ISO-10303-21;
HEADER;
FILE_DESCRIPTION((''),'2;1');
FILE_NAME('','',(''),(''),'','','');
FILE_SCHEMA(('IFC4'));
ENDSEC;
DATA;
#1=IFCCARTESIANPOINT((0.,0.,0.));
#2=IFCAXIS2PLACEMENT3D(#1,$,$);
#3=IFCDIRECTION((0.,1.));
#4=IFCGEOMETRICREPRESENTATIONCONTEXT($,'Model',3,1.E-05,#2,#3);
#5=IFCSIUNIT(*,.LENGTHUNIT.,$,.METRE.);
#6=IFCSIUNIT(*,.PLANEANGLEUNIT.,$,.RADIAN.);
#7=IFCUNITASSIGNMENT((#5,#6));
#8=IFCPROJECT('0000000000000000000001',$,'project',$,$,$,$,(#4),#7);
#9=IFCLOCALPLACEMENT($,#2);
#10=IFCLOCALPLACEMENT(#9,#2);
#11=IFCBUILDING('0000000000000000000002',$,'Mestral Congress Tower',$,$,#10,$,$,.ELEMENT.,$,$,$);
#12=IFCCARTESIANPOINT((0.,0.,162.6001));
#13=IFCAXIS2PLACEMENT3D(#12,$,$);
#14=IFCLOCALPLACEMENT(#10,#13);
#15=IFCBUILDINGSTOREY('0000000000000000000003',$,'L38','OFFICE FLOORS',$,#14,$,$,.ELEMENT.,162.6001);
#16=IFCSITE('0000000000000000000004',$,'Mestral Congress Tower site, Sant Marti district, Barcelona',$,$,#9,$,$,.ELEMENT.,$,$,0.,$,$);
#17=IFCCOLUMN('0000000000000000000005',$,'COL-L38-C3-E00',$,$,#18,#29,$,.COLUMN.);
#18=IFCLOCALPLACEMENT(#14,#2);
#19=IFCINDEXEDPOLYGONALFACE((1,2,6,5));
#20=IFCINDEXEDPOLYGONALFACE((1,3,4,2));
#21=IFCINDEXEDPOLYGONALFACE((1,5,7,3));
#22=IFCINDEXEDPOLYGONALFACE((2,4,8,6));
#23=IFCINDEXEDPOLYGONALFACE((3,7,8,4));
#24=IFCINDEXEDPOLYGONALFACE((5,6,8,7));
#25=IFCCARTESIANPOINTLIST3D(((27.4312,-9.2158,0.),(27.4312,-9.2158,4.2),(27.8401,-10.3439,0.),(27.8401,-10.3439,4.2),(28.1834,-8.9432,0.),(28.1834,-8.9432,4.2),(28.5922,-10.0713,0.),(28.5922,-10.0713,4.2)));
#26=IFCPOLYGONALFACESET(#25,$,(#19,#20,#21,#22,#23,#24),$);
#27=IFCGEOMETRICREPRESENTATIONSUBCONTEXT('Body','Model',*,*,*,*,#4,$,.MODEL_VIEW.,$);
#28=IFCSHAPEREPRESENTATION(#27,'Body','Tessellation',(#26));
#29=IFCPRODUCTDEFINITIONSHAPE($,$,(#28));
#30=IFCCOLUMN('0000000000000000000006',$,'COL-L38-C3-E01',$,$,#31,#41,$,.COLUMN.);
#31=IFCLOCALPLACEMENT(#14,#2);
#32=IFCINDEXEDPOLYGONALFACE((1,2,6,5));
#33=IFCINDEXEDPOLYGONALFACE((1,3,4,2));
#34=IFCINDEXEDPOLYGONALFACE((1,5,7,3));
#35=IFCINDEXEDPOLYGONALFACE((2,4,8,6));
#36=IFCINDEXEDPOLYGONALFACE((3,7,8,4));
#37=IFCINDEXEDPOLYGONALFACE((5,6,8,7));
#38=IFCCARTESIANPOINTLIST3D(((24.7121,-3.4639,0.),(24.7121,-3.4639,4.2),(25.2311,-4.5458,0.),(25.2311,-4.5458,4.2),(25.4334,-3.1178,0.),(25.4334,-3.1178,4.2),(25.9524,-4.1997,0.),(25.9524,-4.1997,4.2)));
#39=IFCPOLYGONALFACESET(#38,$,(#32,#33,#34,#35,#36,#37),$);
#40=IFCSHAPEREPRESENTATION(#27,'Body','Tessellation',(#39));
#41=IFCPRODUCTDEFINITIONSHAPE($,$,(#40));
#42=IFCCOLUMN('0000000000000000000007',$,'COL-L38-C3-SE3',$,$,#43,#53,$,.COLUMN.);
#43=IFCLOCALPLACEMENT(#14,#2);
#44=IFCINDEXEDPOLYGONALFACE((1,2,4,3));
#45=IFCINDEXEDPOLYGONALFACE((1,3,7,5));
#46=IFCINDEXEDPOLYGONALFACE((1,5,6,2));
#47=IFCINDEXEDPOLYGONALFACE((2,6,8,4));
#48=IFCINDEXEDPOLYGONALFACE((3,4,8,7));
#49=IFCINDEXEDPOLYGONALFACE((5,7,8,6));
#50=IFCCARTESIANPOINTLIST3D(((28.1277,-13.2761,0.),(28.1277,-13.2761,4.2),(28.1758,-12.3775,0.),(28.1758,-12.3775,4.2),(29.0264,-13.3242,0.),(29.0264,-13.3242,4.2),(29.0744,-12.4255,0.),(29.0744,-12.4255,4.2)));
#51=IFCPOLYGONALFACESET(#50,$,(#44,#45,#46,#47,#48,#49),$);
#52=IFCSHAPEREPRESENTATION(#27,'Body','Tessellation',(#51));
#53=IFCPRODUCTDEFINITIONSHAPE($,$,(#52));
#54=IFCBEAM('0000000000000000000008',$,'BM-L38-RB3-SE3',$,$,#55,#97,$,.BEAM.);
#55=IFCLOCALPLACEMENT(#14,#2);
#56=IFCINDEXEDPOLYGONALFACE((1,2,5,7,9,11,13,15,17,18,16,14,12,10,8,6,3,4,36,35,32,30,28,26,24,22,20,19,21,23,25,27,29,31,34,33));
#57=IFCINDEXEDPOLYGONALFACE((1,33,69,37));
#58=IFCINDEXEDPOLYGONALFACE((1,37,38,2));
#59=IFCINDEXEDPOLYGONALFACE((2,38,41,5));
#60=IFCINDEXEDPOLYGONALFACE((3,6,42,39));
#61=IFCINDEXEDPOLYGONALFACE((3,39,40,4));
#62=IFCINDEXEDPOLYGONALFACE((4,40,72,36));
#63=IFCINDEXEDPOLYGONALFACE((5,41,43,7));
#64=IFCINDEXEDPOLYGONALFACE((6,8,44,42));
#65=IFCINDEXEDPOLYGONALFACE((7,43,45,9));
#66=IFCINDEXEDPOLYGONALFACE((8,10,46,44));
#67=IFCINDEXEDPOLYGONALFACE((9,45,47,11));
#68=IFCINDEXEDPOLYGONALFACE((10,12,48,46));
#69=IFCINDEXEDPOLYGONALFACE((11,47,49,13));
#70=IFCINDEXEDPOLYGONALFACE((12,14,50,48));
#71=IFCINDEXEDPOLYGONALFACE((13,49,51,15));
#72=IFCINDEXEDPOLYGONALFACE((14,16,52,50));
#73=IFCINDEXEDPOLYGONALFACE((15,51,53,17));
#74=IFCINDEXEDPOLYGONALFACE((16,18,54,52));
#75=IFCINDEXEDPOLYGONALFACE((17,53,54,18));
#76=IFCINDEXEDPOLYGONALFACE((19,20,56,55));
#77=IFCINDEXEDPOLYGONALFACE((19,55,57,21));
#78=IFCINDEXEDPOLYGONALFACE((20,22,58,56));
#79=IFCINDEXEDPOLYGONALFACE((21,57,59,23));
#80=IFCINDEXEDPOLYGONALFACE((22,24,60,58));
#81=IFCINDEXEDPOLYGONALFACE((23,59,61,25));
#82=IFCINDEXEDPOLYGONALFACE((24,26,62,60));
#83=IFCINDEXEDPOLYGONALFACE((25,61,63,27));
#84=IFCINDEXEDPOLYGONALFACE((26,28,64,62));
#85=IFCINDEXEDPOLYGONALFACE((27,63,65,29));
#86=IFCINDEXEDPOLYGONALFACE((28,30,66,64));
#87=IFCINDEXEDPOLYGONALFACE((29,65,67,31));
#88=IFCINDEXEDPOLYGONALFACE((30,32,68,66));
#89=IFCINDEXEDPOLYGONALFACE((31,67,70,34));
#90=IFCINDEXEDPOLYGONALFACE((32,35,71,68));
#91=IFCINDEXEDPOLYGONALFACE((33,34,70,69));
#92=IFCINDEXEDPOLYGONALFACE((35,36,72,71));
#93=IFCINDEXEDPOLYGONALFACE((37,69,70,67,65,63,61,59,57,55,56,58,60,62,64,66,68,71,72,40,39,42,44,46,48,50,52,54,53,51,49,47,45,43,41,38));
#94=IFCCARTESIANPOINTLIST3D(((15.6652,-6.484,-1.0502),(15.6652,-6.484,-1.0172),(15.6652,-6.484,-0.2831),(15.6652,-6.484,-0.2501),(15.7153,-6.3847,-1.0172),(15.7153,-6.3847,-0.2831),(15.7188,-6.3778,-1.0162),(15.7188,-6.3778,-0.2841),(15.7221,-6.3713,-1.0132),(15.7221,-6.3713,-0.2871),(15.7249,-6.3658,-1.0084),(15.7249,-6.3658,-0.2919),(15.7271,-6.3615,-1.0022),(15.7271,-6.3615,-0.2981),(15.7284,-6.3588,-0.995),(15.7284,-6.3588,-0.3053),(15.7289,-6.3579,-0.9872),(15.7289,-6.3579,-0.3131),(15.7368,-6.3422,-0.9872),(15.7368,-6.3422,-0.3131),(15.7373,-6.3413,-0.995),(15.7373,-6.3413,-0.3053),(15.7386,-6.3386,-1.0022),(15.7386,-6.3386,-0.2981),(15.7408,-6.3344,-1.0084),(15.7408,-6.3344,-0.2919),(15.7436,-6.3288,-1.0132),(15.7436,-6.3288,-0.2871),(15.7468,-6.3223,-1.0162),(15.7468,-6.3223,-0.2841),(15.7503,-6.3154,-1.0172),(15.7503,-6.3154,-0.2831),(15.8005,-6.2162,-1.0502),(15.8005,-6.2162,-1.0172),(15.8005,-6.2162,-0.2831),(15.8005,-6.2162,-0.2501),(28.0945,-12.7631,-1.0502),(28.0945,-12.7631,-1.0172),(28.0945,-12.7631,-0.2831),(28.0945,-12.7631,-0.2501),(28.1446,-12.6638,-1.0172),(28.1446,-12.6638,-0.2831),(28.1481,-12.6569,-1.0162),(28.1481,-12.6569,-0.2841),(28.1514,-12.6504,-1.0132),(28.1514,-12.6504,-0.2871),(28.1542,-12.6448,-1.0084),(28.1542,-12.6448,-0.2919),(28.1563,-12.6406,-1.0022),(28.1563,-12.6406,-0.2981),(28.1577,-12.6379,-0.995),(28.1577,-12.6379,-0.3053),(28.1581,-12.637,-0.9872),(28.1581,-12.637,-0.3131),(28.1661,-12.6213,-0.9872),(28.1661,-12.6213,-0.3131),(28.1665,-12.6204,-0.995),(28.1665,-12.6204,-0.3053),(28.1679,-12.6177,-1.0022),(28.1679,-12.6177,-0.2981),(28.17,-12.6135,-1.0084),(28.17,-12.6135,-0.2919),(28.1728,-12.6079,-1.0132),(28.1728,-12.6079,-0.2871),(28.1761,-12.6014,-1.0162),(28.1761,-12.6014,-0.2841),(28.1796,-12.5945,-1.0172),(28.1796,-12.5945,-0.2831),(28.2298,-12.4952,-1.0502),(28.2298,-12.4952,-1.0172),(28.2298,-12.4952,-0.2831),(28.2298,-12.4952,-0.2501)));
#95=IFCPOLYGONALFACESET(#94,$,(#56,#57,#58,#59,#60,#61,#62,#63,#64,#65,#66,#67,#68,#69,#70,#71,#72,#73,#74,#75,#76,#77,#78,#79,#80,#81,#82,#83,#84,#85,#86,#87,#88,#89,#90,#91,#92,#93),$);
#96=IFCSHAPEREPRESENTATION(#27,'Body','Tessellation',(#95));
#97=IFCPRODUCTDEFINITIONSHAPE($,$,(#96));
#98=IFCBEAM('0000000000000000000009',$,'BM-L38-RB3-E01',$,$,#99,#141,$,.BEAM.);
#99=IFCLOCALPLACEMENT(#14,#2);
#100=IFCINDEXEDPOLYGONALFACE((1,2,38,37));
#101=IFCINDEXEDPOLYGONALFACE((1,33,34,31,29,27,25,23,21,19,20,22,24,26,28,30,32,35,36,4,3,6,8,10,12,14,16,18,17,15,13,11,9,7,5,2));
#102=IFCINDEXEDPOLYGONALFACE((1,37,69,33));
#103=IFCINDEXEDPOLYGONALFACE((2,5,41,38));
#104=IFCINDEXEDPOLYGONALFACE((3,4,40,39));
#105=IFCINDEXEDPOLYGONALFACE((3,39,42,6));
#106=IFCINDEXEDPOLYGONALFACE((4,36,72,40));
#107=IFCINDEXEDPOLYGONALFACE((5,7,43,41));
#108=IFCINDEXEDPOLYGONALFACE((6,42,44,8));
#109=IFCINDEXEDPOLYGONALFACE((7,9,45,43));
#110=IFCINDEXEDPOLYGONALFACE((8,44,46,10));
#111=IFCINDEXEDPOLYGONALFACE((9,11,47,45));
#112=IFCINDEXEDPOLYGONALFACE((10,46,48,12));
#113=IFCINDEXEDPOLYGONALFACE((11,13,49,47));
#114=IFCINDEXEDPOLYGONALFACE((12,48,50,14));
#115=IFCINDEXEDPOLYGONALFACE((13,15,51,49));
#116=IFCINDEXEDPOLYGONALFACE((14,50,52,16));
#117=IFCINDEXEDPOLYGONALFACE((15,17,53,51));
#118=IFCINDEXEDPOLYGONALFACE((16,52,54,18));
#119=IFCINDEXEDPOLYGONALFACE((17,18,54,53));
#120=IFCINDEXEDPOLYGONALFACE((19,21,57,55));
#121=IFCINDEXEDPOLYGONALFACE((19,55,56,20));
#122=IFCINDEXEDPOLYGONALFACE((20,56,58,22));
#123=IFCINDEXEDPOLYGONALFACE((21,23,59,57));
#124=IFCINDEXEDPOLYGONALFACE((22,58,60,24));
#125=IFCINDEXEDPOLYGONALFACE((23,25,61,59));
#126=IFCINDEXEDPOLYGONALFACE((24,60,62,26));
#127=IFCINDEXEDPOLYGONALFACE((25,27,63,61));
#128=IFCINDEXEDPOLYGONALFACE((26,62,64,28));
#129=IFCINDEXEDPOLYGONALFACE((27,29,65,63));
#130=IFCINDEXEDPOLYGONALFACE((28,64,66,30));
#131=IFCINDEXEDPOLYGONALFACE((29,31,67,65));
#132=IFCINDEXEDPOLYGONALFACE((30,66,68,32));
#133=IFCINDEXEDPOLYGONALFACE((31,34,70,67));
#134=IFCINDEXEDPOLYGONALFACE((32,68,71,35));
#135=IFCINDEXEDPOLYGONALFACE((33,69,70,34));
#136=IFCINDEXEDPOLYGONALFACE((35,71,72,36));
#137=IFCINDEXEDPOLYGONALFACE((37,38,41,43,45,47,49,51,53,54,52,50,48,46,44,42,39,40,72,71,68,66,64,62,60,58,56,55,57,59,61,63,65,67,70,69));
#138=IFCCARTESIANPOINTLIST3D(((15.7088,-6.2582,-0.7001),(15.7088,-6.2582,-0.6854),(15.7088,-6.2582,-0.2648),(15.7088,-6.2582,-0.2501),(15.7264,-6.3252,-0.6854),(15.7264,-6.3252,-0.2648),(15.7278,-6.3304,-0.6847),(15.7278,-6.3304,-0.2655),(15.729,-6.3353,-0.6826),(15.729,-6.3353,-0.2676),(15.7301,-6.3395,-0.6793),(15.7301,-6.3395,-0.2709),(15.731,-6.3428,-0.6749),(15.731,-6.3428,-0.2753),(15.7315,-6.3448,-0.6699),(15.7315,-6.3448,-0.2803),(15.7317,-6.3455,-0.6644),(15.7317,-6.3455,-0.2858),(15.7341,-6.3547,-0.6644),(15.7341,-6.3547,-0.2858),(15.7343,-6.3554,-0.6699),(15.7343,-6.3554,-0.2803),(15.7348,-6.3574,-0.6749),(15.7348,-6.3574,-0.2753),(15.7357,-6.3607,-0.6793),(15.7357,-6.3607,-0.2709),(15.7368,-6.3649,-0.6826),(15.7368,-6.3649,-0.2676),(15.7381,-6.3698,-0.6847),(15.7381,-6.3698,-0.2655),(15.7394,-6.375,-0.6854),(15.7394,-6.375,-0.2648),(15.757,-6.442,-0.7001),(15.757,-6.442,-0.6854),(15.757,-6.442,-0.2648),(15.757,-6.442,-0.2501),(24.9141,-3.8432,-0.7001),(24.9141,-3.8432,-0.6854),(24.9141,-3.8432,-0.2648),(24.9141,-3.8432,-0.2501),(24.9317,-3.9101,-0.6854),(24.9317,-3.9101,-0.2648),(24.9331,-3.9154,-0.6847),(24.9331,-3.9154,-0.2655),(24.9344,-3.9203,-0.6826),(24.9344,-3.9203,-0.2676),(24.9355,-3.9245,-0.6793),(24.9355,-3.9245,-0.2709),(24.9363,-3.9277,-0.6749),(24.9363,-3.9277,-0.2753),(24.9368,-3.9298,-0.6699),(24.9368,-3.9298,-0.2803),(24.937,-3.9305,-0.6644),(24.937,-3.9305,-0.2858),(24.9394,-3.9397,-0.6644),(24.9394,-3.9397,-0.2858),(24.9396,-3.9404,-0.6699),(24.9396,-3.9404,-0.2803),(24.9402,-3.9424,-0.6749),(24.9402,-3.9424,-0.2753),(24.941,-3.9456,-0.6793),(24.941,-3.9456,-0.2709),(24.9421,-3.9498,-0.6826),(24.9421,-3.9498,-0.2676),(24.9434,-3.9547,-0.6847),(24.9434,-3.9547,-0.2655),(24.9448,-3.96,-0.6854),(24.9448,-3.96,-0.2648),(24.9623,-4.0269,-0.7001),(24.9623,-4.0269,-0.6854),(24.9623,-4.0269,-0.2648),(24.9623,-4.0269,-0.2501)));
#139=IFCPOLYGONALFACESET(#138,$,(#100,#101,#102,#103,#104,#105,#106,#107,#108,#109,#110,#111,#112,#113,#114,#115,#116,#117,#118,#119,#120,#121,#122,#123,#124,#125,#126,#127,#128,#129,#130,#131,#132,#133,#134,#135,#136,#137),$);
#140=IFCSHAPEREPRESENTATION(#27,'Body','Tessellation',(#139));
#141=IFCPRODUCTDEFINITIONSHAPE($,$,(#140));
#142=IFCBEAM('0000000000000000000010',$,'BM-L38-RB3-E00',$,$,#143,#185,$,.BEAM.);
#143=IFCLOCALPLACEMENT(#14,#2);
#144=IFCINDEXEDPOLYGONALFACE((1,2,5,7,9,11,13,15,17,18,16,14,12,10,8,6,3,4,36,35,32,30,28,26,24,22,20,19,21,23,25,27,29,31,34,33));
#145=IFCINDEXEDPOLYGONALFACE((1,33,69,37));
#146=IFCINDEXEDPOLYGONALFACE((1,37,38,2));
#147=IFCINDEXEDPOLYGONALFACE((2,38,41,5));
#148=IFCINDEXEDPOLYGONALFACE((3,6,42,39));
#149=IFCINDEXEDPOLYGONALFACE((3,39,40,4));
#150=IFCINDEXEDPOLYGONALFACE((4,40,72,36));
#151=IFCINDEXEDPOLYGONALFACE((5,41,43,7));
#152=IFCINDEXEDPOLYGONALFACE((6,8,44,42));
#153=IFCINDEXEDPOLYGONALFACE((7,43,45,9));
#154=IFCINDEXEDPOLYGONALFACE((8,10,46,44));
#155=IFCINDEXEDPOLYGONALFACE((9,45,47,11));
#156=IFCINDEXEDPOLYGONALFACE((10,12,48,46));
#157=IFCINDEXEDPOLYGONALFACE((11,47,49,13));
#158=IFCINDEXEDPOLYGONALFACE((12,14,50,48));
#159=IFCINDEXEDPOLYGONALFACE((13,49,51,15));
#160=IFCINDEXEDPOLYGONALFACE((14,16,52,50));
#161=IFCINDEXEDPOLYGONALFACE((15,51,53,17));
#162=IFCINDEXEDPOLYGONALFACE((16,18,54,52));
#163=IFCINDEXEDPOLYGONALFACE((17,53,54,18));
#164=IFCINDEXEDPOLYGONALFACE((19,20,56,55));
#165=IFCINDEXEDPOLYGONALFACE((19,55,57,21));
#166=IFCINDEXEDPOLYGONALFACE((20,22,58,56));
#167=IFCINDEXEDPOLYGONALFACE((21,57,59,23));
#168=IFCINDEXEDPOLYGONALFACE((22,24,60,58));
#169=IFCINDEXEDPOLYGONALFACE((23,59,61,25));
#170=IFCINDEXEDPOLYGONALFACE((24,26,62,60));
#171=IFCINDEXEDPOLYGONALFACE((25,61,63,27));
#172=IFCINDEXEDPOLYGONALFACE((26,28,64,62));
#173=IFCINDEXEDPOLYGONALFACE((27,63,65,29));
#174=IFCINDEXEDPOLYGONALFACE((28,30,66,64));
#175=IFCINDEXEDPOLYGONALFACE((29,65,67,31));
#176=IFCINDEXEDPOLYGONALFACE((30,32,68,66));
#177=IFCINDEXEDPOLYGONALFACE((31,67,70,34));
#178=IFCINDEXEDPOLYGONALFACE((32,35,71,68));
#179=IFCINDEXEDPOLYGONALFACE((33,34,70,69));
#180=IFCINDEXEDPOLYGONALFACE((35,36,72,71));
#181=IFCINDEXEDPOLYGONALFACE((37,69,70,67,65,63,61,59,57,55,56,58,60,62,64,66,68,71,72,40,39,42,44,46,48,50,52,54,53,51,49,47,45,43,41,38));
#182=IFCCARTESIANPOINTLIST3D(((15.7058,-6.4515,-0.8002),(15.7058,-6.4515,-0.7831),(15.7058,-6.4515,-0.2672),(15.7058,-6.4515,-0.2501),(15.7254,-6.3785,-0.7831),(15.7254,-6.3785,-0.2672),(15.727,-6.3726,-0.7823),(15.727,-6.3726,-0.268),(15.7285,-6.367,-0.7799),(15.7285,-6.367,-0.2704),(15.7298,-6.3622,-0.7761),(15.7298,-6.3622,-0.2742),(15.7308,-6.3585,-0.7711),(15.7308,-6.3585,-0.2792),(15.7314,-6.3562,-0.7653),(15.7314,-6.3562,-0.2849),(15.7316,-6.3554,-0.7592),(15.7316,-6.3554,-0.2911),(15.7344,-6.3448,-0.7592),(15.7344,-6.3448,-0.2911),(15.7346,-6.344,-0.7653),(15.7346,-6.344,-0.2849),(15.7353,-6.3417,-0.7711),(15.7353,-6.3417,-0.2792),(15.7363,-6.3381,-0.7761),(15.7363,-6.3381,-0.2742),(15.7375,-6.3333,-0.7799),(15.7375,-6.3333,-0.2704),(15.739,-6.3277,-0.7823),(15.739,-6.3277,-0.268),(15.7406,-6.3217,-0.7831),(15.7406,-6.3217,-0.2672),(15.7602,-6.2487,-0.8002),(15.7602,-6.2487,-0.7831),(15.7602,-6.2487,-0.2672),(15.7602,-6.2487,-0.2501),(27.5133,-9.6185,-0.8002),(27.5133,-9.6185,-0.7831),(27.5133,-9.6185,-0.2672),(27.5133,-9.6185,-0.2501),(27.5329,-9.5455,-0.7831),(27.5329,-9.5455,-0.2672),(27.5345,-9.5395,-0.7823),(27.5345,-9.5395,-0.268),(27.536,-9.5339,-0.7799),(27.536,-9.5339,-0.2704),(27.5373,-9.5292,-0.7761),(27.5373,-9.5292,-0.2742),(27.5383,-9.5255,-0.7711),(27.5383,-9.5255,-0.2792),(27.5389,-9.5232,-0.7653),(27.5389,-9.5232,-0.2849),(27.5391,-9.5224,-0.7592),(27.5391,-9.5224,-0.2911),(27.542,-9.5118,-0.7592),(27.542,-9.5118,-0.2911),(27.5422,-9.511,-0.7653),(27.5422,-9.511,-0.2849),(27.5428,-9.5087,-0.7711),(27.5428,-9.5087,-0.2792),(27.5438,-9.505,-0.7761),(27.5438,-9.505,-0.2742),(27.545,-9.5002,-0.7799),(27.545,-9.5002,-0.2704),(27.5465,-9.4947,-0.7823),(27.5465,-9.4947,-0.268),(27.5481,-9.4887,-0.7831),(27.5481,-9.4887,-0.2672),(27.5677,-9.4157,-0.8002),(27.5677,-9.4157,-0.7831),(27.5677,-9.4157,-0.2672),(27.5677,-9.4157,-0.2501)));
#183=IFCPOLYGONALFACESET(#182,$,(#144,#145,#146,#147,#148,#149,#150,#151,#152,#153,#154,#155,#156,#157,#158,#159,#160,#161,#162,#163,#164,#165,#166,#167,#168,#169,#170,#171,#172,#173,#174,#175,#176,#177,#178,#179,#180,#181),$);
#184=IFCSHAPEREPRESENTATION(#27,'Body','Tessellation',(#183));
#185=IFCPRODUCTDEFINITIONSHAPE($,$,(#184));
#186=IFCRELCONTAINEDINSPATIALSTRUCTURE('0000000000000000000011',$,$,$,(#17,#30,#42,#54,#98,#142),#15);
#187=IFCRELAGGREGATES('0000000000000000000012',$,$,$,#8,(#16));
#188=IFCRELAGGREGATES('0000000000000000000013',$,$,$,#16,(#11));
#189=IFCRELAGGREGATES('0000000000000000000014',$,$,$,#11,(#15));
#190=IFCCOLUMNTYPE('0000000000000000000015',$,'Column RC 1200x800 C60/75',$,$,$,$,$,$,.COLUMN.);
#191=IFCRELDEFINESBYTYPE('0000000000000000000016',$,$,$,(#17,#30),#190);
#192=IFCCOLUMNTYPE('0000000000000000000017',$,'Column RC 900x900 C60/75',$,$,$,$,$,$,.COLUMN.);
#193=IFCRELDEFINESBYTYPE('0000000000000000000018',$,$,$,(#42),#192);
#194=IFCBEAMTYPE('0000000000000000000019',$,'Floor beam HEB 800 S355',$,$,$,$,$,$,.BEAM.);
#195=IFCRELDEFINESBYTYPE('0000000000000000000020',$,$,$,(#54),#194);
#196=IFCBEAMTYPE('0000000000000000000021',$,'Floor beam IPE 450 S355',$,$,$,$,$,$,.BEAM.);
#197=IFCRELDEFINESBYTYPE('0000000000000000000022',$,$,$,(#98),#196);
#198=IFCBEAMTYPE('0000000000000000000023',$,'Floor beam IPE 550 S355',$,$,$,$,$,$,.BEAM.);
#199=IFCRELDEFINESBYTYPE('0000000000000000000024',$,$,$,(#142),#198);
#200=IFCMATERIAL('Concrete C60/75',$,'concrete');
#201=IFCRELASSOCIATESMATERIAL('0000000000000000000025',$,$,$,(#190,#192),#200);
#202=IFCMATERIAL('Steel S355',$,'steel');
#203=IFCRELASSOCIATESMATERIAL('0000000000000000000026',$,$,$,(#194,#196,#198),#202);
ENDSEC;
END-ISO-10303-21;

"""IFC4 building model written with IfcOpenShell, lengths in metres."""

from ifc_helpers import new_model, si_unit, direction, frame, origin, origin_2d, place, context, subcontext, project, spatial, rectangle, i_section, extrude, material, material_profile, profile_set, type_object, element, save


model = new_model("IFC4")

# Units and contexts
model_context = context("Model", 3, precision=1e-05, world=origin(), true_north=direction((0.0, 1.0)))
body_context = subcontext(model_context, "Body", "Model", "MODEL_VIEW")
ifc_project = project(units=[si_unit("LENGTHUNIT", "METRE"), si_unit("PLANEANGLEUNIT", "RADIAN")], contexts=[model_context])

# Site, building, storey
site_placement = place(None, origin())
site = spatial("IfcSite", under=ifc_project, at=site_placement, Name="Mestral Congress Tower site, Sant Marti district, Barcelona", CompositionType="ELEMENT", RefElevation=0.0)
building_placement = place(site_placement, origin())
building = spatial("IfcBuilding", under=site, at=building_placement, Name="Mestral Congress Tower", CompositionType="ELEMENT")
storey_placement = place(building_placement, frame((0.0, 0.0, 162.6001)))
storey = spatial("IfcBuildingStorey", under=building, at=storey_placement, Name="L38", Description="OFFICE FLOORS", CompositionType="ELEMENT", Elevation=162.6001)

# Columns
ifc_material_1 = material(Name="Concrete C60/75", Category="concrete")
ifc_material_profile_1 = material_profile(ifc_material_1, rectangle(XDim=1.2, YDim=0.8, at=origin_2d()), Name="RC 1200x800")
ifc_profile_set_1 = profile_set([ifc_material_profile_1], Name="Concrete C60/75")
column_type_1 = type_object("IfcColumnType", Name="Column RC 1200x800 C60/75", PredefinedType="COLUMN", material=ifc_profile_set_1)
for number, where, z_axis, x_axis, name in (
    (1, (28.0117, -9.6436, 0.0), (0.0, 0.0, 1.0), (-0.340744, 0.940156, 0.0), "COL-L38-C3-E00"),
    (2, (25.3323, -3.8318, 0.0), (0.0, 0.0, 1.0), (-0.432522, 0.901624, 0.0), "COL-L38-C3-E01"),
):
    element("IfcColumn", number, at=place(storey_placement, frame(where, z_axis=z_axis, x_axis=x_axis)), inside=storey, type_object=column_type_1, Name=name, PredefinedType="COLUMN", context=body_context, shape_type="SweptSolid", body=[
        extrude(rectangle(XDim=1.2, YDim=0.8, at=origin_2d()), origin(), (0.0, 0.0, 1.0), 4.2),
    ])
ifc_material_profile_2 = material_profile(ifc_material_1, rectangle(XDim=0.8999, YDim=0.8999, at=origin_2d()), Name="RC 900x900")
ifc_profile_set_2 = profile_set([ifc_material_profile_2], Name="Concrete C60/75")
column_type_2 = type_object("IfcColumnType", Name="Column RC 900x900 C60/75", PredefinedType="COLUMN", material=ifc_profile_set_2)
column_placement = place(storey_placement, frame((28.6011, -12.8508, 0.0), z_axis=(0.0, 0.0, 1.0), x_axis=(0.053392, 0.998574, 0.0)))
element("IfcColumn", 3, at=column_placement, inside=storey, type_object=column_type_2, Name="COL-L38-C3-SE3", PredefinedType="COLUMN", context=body_context, shape_type="SweptSolid", body=[
    extrude(rectangle(XDim=0.8999, YDim=0.8999, at=origin_2d()), origin(), (0.0, 0.0, 1.0), 4.2),
])

# Beams
ifc_material_2 = material(Name="Steel S355", Category="steel")
ifc_material_profile_3 = material_profile(ifc_material_2, i_section(OverallWidth=0.3, OverallDepth=0.8, WebThickness=0.0176, FlangeThickness=0.033, FilletRadius=0.03, at=origin_2d()), Name="HEB 800")
ifc_profile_set_3 = profile_set([ifc_material_profile_3], Name="Steel S355")
beam_type_1 = type_object("IfcBeamType", Name="Floor beam HEB 800 S355", PredefinedType="BEAM", material=ifc_profile_set_3)
beam_1_placement = place(storey_placement, frame((28.1621, -12.6292, -0.6501), z_axis=(-0.892568, 0.450913, 0.0), x_axis=(-0.450913, -0.892568, 0.0)))
element("IfcBeam", 4, at=beam_1_placement, inside=storey, type_object=beam_type_1, Name="BM-L38-RB3-SE3", PredefinedType="BEAM", context=body_context, shape_type="SweptSolid", body=[
    extrude(i_section(OverallWidth=0.3, OverallDepth=0.8, WebThickness=0.0176, FlangeThickness=0.033, FilletRadius=0.03, at=origin_2d()), origin(), (0.0, 0.0, 1.0), 13.9253),
])
ifc_material_profile_4 = material_profile(ifc_material_2, i_section(OverallWidth=0.1899, OverallDepth=0.45, WebThickness=0.0095, FlangeThickness=0.0146, FilletRadius=0.021, at=origin_2d()), Name="IPE 450")
ifc_profile_set_4 = profile_set([ifc_material_profile_4], Name="Steel S355")
beam_type_2 = type_object("IfcBeamType", Name="Floor beam IPE 450 S355", PredefinedType="BEAM", material=ifc_profile_set_4)
beam_2_placement = place(storey_placement, frame((24.9382, -3.9351, -0.4751), z_axis=(-0.967266, -0.253765, 0.0), x_axis=(0.253765, -0.967266, 0.0)))
element("IfcBeam", 5, at=beam_2_placement, inside=storey, type_object=beam_type_2, Name="BM-L38-RB3-E01", PredefinedType="BEAM", context=body_context, shape_type="SweptSolid", body=[
    extrude(i_section(OverallWidth=0.1899, OverallDepth=0.45, WebThickness=0.0095, FlangeThickness=0.0146, FilletRadius=0.021, at=origin_2d()), origin(), (0.0, 0.0, 1.0), 9.5168),
])
ifc_material_profile_5 = material_profile(ifc_material_2, i_section(OverallWidth=0.21, OverallDepth=0.55, WebThickness=0.011, FlangeThickness=0.0171, FilletRadius=0.0239, at=origin_2d()), Name="IPE 550")
ifc_profile_set_5 = profile_set([ifc_material_profile_5], Name="Steel S355")
beam_type_3 = type_object("IfcBeamType", Name="Floor beam IPE 550 S355", PredefinedType="BEAM", material=ifc_profile_set_5)
beam_3_placement = place(storey_placement, frame((27.5405, -9.5171, -0.5251), z_axis=(-0.965861, 0.259059, 0.0), x_axis=(-0.259059, -0.965861, 0.0)))
element("IfcBeam", 6, at=beam_3_placement, inside=storey, type_object=beam_type_3, Name="BM-L38-RB3-E00", PredefinedType="BEAM", context=body_context, shape_type="SweptSolid", body=[
    extrude(i_section(OverallWidth=0.21, OverallDepth=0.55, WebThickness=0.011, FlangeThickness=0.0171, FilletRadius=0.0239, at=origin_2d()), origin(), (0.0, 0.0, 1.0), 12.2249),
])

save(model, "model.ifc")
